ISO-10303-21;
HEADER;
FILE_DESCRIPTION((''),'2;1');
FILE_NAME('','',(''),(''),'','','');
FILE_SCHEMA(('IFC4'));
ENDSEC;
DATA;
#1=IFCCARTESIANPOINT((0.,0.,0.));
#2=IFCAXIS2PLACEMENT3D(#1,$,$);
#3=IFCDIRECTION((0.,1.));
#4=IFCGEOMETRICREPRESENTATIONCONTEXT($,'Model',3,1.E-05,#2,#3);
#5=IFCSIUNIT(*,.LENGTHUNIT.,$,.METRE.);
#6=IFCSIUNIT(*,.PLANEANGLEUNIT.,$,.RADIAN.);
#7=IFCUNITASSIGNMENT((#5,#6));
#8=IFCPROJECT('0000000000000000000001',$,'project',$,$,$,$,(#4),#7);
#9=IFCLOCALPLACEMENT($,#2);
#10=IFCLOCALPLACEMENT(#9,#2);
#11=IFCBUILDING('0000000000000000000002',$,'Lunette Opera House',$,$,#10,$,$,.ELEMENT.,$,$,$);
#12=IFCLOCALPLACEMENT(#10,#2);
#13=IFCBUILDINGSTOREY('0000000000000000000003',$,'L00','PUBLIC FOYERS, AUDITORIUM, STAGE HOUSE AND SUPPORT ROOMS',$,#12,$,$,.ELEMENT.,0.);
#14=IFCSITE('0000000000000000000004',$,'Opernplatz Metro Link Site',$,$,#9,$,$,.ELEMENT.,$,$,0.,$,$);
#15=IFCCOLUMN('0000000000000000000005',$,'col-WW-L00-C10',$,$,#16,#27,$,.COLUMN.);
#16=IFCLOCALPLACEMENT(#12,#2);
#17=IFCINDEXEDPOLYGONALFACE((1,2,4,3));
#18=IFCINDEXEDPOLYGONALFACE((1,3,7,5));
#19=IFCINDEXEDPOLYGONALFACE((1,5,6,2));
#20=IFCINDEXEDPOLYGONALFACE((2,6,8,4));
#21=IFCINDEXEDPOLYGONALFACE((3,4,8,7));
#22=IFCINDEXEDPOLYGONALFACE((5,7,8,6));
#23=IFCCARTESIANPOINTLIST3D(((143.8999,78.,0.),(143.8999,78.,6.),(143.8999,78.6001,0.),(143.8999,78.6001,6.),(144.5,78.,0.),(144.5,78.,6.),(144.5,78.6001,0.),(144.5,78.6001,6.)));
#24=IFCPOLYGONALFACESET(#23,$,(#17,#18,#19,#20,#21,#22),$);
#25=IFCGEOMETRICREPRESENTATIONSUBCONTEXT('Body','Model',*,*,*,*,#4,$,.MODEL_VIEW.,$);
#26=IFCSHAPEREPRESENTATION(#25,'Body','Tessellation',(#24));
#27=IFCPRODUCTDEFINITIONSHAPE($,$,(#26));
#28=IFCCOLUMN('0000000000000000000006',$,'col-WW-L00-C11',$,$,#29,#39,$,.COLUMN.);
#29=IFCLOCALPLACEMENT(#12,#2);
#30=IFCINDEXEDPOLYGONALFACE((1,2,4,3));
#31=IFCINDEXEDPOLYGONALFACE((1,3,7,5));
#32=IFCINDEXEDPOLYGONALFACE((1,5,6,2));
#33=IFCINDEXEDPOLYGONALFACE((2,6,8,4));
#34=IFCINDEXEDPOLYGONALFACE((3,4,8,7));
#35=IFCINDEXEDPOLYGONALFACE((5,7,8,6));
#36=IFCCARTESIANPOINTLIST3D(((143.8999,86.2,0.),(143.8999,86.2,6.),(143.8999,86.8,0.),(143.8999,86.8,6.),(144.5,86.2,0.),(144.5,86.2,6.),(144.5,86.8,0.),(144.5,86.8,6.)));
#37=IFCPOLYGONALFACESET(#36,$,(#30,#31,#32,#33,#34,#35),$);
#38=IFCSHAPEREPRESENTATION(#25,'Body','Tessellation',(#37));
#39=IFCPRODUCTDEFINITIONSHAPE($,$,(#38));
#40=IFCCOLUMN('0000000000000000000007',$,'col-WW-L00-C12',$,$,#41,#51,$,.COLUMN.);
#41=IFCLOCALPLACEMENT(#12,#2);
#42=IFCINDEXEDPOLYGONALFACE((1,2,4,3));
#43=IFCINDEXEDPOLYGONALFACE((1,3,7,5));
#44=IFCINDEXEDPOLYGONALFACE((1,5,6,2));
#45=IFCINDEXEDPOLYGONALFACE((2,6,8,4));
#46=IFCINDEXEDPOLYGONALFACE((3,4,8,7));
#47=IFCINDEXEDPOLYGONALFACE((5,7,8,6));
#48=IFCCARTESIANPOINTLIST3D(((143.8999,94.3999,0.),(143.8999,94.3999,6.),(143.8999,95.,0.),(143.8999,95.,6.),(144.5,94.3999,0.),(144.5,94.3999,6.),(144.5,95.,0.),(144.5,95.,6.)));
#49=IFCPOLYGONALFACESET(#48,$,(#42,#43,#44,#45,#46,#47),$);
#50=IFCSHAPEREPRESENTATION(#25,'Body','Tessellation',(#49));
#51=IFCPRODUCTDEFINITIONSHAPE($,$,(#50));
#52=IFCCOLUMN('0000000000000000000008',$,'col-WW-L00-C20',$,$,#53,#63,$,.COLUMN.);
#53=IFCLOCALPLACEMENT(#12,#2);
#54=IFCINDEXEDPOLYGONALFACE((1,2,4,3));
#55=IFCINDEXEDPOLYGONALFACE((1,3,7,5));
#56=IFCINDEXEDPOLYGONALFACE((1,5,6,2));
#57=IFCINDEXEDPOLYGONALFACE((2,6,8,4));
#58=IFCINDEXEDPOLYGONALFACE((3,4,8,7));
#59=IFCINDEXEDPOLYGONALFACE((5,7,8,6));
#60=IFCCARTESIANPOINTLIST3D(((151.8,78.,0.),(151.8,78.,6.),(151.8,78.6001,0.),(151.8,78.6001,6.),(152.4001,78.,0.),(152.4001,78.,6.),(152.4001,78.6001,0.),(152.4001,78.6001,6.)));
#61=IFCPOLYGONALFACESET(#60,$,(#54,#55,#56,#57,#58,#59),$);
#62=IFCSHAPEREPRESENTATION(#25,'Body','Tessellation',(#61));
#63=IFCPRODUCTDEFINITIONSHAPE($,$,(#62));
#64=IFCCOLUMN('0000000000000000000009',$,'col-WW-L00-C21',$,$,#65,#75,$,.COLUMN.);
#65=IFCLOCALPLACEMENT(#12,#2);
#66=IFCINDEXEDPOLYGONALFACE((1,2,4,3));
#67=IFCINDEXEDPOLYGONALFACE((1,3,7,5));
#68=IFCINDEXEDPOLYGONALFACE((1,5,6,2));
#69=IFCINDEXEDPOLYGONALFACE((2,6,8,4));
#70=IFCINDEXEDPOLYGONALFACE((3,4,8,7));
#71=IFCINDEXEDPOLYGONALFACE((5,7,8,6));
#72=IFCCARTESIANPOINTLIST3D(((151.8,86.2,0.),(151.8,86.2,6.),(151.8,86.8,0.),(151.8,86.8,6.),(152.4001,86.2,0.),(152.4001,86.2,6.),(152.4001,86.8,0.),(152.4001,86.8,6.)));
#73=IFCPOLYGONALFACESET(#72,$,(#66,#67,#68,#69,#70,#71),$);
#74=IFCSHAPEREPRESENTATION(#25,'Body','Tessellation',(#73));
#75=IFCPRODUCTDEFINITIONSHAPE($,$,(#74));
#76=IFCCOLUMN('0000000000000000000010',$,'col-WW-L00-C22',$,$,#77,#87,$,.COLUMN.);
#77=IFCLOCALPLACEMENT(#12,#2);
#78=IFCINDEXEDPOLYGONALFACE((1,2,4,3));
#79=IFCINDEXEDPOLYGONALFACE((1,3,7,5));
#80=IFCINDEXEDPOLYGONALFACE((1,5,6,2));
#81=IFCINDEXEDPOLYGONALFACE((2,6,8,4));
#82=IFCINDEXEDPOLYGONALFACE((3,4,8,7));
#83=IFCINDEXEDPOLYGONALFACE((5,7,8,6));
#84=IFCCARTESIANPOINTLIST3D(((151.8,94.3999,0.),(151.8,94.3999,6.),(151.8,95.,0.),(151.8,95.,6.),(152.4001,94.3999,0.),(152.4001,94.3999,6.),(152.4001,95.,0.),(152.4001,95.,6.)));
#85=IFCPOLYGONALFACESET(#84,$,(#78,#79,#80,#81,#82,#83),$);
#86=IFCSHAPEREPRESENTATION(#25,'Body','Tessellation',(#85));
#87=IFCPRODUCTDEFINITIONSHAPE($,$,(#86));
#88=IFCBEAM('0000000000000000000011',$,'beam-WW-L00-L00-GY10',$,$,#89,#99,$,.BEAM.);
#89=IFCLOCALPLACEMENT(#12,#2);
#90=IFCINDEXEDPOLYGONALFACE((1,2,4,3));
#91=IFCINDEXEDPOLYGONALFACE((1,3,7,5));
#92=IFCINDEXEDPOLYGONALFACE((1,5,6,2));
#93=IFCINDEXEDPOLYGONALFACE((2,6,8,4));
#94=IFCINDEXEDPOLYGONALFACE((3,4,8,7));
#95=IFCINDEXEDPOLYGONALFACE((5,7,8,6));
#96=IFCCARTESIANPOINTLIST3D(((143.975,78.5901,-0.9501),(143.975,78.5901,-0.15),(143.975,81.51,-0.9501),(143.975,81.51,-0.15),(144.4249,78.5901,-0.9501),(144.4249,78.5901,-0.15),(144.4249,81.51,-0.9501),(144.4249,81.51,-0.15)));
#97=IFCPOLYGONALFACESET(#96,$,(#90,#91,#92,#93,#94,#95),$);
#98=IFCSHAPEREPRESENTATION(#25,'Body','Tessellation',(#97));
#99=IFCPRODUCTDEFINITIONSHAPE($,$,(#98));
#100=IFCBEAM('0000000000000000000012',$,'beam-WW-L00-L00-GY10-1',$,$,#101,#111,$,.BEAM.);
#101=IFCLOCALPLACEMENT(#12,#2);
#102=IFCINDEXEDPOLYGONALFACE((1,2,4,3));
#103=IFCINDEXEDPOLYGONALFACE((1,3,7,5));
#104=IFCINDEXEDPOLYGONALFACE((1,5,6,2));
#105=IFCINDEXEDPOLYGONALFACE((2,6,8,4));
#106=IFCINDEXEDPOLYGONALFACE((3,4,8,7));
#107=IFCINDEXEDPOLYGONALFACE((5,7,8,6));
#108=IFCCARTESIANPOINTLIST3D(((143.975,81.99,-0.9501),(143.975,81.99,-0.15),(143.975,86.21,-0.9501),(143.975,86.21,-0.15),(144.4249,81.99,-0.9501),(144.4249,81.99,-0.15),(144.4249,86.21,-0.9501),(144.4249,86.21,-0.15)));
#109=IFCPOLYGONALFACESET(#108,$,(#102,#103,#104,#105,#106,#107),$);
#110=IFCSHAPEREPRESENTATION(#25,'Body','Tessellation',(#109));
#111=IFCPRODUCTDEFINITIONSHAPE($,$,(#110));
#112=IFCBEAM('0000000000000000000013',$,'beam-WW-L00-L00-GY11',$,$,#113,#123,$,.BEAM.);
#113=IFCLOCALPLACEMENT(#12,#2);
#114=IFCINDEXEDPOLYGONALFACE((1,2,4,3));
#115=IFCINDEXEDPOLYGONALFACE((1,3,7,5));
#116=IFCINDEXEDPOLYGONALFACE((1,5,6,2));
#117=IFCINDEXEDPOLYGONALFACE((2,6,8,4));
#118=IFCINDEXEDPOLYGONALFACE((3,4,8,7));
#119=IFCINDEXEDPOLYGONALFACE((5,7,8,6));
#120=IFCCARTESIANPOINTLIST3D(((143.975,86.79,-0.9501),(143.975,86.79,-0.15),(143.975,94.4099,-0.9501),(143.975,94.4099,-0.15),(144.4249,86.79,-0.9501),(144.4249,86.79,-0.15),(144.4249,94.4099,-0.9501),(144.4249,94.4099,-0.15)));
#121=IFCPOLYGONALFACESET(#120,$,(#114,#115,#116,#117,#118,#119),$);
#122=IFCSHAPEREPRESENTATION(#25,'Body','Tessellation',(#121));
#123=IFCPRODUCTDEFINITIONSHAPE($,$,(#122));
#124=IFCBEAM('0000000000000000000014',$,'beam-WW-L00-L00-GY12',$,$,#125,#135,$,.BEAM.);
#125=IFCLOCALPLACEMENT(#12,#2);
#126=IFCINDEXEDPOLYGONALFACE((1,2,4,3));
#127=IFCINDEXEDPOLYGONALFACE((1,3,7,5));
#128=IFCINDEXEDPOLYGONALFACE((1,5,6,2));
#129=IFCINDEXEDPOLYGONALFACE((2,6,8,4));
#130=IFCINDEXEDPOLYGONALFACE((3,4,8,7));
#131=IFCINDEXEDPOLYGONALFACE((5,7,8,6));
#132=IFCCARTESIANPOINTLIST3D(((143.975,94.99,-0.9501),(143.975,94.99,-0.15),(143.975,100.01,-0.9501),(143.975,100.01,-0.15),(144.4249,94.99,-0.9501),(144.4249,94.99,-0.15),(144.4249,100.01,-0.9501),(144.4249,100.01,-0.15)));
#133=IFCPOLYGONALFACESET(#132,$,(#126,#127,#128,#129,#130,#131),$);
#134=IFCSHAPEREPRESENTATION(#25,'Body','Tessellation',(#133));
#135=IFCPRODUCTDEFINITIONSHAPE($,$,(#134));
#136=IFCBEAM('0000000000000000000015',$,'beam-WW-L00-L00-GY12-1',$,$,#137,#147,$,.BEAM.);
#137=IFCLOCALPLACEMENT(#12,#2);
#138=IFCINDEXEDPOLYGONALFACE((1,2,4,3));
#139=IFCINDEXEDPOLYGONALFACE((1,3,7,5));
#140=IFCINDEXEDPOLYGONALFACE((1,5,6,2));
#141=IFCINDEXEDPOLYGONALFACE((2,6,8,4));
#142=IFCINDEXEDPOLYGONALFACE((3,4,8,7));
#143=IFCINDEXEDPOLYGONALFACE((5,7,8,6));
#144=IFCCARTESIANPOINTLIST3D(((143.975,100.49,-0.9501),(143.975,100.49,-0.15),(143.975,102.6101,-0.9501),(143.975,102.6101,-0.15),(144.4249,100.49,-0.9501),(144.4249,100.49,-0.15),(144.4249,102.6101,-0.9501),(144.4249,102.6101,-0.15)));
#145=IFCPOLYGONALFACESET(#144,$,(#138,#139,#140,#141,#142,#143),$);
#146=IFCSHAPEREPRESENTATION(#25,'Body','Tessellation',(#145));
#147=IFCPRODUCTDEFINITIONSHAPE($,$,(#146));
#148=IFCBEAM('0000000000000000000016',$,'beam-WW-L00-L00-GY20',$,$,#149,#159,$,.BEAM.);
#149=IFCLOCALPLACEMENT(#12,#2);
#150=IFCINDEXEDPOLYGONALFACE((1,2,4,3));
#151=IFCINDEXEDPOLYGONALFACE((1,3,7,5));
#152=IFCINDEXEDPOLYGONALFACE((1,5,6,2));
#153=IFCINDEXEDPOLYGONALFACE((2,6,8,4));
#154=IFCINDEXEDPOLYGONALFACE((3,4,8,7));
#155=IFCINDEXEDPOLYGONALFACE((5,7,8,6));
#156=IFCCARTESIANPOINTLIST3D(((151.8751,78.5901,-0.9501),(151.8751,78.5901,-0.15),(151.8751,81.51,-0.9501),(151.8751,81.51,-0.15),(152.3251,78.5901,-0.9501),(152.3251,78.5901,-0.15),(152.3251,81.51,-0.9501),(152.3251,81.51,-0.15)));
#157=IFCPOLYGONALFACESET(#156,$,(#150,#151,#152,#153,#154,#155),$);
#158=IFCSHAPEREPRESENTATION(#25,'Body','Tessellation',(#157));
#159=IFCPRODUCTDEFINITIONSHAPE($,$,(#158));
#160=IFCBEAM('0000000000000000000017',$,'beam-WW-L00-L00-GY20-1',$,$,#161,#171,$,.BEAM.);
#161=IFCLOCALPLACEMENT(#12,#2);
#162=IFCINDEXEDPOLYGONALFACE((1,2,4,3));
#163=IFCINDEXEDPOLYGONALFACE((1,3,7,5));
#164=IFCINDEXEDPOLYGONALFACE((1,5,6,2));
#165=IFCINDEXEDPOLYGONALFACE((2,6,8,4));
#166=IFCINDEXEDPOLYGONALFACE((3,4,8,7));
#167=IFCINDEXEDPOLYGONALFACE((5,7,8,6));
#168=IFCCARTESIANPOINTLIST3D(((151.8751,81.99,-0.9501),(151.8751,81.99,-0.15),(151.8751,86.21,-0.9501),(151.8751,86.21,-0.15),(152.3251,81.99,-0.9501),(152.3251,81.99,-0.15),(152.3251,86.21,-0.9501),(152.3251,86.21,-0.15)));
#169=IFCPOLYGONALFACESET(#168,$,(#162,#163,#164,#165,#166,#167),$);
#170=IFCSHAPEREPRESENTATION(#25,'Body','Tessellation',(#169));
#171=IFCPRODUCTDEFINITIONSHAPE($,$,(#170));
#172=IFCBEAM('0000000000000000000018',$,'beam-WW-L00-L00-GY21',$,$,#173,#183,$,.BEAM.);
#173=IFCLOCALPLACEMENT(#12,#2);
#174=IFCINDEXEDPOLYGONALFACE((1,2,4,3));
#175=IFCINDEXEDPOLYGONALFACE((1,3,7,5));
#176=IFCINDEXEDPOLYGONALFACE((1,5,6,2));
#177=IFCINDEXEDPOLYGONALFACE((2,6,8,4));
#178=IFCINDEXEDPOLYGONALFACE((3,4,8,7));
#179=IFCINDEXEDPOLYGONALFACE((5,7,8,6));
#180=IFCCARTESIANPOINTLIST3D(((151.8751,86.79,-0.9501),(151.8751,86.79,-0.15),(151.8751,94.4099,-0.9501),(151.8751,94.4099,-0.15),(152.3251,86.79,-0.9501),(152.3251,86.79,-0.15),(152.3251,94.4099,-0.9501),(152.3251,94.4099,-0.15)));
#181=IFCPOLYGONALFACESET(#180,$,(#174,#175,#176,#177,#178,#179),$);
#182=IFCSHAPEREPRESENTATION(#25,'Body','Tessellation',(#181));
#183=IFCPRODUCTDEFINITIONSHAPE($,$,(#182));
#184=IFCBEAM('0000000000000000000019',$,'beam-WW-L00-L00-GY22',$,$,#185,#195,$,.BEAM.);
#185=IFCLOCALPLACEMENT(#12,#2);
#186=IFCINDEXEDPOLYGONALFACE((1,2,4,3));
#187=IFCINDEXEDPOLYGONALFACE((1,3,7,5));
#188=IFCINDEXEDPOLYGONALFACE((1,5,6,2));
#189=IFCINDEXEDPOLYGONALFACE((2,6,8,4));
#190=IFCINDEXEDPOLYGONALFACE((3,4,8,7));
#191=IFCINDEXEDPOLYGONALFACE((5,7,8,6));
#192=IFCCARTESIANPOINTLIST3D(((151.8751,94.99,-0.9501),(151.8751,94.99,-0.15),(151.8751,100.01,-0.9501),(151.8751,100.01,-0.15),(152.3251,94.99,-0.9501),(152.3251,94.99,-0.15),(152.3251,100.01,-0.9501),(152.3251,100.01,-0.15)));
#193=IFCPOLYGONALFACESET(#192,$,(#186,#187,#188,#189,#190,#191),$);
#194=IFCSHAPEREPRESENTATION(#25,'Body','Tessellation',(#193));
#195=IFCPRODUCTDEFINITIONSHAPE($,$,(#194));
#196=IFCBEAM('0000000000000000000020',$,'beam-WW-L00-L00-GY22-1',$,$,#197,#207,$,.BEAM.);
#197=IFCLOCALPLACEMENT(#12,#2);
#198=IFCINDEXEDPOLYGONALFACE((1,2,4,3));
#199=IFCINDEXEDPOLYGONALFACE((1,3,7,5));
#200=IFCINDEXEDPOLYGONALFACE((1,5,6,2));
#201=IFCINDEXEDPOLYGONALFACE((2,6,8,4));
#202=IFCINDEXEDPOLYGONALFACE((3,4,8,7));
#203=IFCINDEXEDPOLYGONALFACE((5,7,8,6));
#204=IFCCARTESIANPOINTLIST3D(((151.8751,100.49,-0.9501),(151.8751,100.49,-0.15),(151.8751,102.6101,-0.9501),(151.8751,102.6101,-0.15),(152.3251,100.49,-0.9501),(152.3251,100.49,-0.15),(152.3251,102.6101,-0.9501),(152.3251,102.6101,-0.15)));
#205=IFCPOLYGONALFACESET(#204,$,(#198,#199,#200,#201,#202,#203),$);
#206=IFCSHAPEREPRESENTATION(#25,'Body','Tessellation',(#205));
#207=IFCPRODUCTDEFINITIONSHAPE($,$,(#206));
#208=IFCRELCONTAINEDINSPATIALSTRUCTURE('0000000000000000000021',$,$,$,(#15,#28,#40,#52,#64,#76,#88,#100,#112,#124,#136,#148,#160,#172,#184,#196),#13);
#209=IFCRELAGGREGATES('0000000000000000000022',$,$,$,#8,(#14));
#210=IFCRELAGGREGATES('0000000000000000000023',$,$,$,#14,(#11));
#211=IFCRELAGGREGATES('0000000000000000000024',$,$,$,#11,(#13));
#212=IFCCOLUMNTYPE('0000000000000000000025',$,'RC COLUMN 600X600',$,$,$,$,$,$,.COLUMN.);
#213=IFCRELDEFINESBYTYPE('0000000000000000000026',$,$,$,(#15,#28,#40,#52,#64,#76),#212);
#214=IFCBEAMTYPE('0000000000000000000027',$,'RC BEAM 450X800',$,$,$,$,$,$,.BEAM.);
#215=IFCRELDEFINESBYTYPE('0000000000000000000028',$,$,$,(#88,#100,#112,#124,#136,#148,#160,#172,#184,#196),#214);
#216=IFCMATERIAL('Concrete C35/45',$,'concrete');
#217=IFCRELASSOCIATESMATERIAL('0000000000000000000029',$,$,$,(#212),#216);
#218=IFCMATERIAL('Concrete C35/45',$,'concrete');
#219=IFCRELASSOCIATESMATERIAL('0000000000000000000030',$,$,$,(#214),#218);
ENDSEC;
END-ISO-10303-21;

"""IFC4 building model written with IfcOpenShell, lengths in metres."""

from ifc_helpers import new_model, si_unit, direction, frame, origin, origin_2d, place, context, subcontext, project, spatial, rectangle, extrude, material, material_profile, profile_set, type_object, element, save


model = new_model("IFC4")

# Units and contexts
model_context = context("Model", 3, precision=1e-05, world=origin(), true_north=direction((0.0, 1.0)))
body_context = subcontext(model_context, "Body", "Model", "MODEL_VIEW")
ifc_project = project(units=[si_unit("LENGTHUNIT", "METRE"), si_unit("PLANEANGLEUNIT", "RADIAN")], contexts=[model_context])

# Site, building, storey
site_placement = place(None, origin())
site = spatial("IfcSite", under=ifc_project, at=site_placement, Name="Opernplatz Metro Link Site", CompositionType="ELEMENT", RefElevation=0.0)
building_placement = place(site_placement, origin())
building = spatial("IfcBuilding", under=site, at=building_placement, Name="Lunette Opera House", CompositionType="ELEMENT")
storey_placement = place(building_placement, origin())
storey = spatial("IfcBuildingStorey", under=building, at=storey_placement, Name="L00", Description="PUBLIC FOYERS, AUDITORIUM, STAGE HOUSE AND SUPPORT ROOMS", CompositionType="ELEMENT", Elevation=0.0)

# Columns
ifc_material_1 = material(Name="Concrete C35/45", Category="concrete")
ifc_material_profile_1 = material_profile(ifc_material_1, rectangle(XDim=0.6001, YDim=0.6001, at=origin_2d()), Name="RC COLUMN 600X600")
ifc_profile_set_1 = profile_set([ifc_material_profile_1], Name="Concrete C35/45")
column_type = type_object("IfcColumnType", Name="RC COLUMN 600X600", PredefinedType="COLUMN", material=ifc_profile_set_1)
for number, where, z_axis, x_axis, name in (
    (1, (144.2, 78.3, 0.0), (0.0, 0.0, 1.0), (1.0, 0.0, 0.0), "col-WW-L00-C10"),
    (2, (144.2, 86.5, 0.0), (0.0, 0.0, 1.0), (1.0, 0.0, 0.0), "col-WW-L00-C11"),
    (3, (144.2, 94.7, 0.0), (0.0, 0.0, 1.0), (1.0, 0.0, 0.0), "col-WW-L00-C12"),
    (4, (152.1001, 78.3, 0.0), (0.0, 0.0, 1.0), (1.0, 0.0, 0.0), "col-WW-L00-C20"),
    (5, (152.1001, 86.5, 0.0), (0.0, 0.0, 1.0), (1.0, 0.0, 0.0), "col-WW-L00-C21"),
    (6, (152.1001, 94.7, 0.0), (0.0, 0.0, 1.0), (1.0, 0.0, 0.0), "col-WW-L00-C22"),
):
    element("IfcColumn", number, at=place(storey_placement, frame(where, z_axis=z_axis, x_axis=x_axis)), inside=storey, type_object=column_type, Name=name, PredefinedType="COLUMN", context=body_context, shape_type="SweptSolid", body=[
        extrude(rectangle(XDim=0.6001, YDim=0.6001, at=origin_2d()), origin(), (0.0, 0.0, 1.0), 6.0),
    ])

# Beams
ifc_material_2 = material(Name="Concrete C35/45", Category="concrete")
ifc_material_profile_2 = material_profile(ifc_material_2, rectangle(XDim=0.45, YDim=0.8, at=origin_2d()), Name="RC BEAM 450X800")
ifc_profile_set_2 = profile_set([ifc_material_profile_2], Name="Concrete C35/45")
beam_type_1 = type_object("IfcBeamType", Name="RC BEAM 450X800", PredefinedType="BEAM", material=ifc_profile_set_2)
beam_1_placement = place(storey_placement, frame((144.2, 78.5901, -0.55), z_axis=(0.0, 1.0, 0.0), x_axis=(-1.0, 0.0, 0.0)))
element("IfcBeam", 7, at=beam_1_placement, inside=storey, type_object=beam_type_1, Name="beam-WW-L00-L00-GY10", PredefinedType="BEAM", context=body_context, shape_type="SweptSolid", body=[
    extrude(rectangle(XDim=0.45, YDim=0.8, at=origin_2d()), origin(), (0.0, 0.0, 1.0), 2.9199),
])
beam_2_placement = place(storey_placement, frame((144.2, 81.99, -0.55), z_axis=(0.0, 1.0, 0.0), x_axis=(-1.0, 0.0, 0.0)))
element("IfcBeam", 8, at=beam_2_placement, inside=storey, type_object=beam_type_1, Name="beam-WW-L00-L00-GY10-1", PredefinedType="BEAM", context=body_context, shape_type="SweptSolid", body=[
    extrude(rectangle(XDim=0.45, YDim=0.8, at=origin_2d()), origin(), (0.0, 0.0, 1.0), 4.22),
])
beam_3_placement = place(storey_placement, frame((144.2, 86.79, -0.55), z_axis=(0.0, 1.0, 0.0), x_axis=(-1.0, 0.0, 0.0)))
element("IfcBeam", 9, at=beam_3_placement, inside=storey, type_object=beam_type_1, Name="beam-WW-L00-L00-GY11", PredefinedType="BEAM", context=body_context, shape_type="SweptSolid", body=[
    extrude(rectangle(XDim=0.45, YDim=0.8, at=origin_2d()), origin(), (0.0, 0.0, 1.0), 7.6199),
])
beam_4_placement = place(storey_placement, frame((144.2, 94.99, -0.55), z_axis=(0.0, 1.0, 0.0), x_axis=(-1.0, 0.0, 0.0)))
element("IfcBeam", 10, at=beam_4_placement, inside=storey, type_object=beam_type_1, Name="beam-WW-L00-L00-GY12", PredefinedType="BEAM", context=body_context, shape_type="SweptSolid", body=[
    extrude(rectangle(XDim=0.45, YDim=0.8, at=origin_2d()), origin(), (0.0, 0.0, 1.0), 5.02),
])
beam_5_placement = place(storey_placement, frame((144.2, 100.49, -0.55), z_axis=(0.0, 1.0, 0.0), x_axis=(-1.0, 0.0, 0.0)))
element("IfcBeam", 11, at=beam_5_placement, inside=storey, type_object=beam_type_1, Name="beam-WW-L00-L00-GY12-1", PredefinedType="BEAM", context=body_context, shape_type="SweptSolid", body=[
    extrude(rectangle(XDim=0.45, YDim=0.8, at=origin_2d()), origin(), (0.0, 0.0, 1.0), 2.1201),
])
beam_6_placement = place(storey_placement, frame((152.1001, 78.5901, -0.55), z_axis=(0.0, 1.0, 0.0), x_axis=(-1.0, 0.0, 0.0)))
element("IfcBeam", 12, at=beam_6_placement, inside=storey, type_object=beam_type_1, Name="beam-WW-L00-L00-GY20", PredefinedType="BEAM", context=body_context, shape_type="SweptSolid", body=[
    extrude(rectangle(XDim=0.45, YDim=0.8, at=origin_2d()), origin(), (0.0, 0.0, 1.0), 2.9199),
])
beam_7_placement = place(storey_placement, frame((152.1001, 81.99, -0.55), z_axis=(0.0, 1.0, 0.0), x_axis=(-1.0, 0.0, 0.0)))
element("IfcBeam", 13, at=beam_7_placement, inside=storey, type_object=beam_type_1, Name="beam-WW-L00-L00-GY20-1", PredefinedType="BEAM", context=body_context, shape_type="SweptSolid", body=[
    extrude(rectangle(XDim=0.45, YDim=0.8, at=origin_2d()), origin(), (0.0, 0.0, 1.0), 4.22),
])
beam_8_placement = place(storey_placement, frame((152.1001, 86.79, -0.55), z_axis=(0.0, 1.0, 0.0), x_axis=(-1.0, 0.0, 0.0)))
element("IfcBeam", 14, at=beam_8_placement, inside=storey, type_object=beam_type_1, Name="beam-WW-L00-L00-GY21", PredefinedType="BEAM", context=body_context, shape_type="SweptSolid", body=[
    extrude(rectangle(XDim=0.45, YDim=0.8, at=origin_2d()), origin(), (0.0, 0.0, 1.0), 7.6199),
])
beam_9_placement = place(storey_placement, frame((152.1001, 94.99, -0.55), z_axis=(0.0, 1.0, 0.0), x_axis=(-1.0, 0.0, 0.0)))
element("IfcBeam", 15, at=beam_9_placement, inside=storey, type_object=beam_type_1, Name="beam-WW-L00-L00-GY22", PredefinedType="BEAM", context=body_context, shape_type="SweptSolid", body=[
    extrude(rectangle(XDim=0.45, YDim=0.8, at=origin_2d()), origin(), (0.0, 0.0, 1.0), 5.02),
])
beam_10_placement = place(storey_placement, frame((152.1001, 100.49, -0.55), z_axis=(0.0, 1.0, 0.0), x_axis=(-1.0, 0.0, 0.0)))
element("IfcBeam", 16, at=beam_10_placement, inside=storey, type_object=beam_type_1, Name="beam-WW-L00-L00-GY22-1", PredefinedType="BEAM", context=body_context, shape_type="SweptSolid", body=[
    extrude(rectangle(XDim=0.45, YDim=0.8, at=origin_2d()), origin(), (0.0, 0.0, 1.0), 2.1201),
])

save(model, "model.ifc")
